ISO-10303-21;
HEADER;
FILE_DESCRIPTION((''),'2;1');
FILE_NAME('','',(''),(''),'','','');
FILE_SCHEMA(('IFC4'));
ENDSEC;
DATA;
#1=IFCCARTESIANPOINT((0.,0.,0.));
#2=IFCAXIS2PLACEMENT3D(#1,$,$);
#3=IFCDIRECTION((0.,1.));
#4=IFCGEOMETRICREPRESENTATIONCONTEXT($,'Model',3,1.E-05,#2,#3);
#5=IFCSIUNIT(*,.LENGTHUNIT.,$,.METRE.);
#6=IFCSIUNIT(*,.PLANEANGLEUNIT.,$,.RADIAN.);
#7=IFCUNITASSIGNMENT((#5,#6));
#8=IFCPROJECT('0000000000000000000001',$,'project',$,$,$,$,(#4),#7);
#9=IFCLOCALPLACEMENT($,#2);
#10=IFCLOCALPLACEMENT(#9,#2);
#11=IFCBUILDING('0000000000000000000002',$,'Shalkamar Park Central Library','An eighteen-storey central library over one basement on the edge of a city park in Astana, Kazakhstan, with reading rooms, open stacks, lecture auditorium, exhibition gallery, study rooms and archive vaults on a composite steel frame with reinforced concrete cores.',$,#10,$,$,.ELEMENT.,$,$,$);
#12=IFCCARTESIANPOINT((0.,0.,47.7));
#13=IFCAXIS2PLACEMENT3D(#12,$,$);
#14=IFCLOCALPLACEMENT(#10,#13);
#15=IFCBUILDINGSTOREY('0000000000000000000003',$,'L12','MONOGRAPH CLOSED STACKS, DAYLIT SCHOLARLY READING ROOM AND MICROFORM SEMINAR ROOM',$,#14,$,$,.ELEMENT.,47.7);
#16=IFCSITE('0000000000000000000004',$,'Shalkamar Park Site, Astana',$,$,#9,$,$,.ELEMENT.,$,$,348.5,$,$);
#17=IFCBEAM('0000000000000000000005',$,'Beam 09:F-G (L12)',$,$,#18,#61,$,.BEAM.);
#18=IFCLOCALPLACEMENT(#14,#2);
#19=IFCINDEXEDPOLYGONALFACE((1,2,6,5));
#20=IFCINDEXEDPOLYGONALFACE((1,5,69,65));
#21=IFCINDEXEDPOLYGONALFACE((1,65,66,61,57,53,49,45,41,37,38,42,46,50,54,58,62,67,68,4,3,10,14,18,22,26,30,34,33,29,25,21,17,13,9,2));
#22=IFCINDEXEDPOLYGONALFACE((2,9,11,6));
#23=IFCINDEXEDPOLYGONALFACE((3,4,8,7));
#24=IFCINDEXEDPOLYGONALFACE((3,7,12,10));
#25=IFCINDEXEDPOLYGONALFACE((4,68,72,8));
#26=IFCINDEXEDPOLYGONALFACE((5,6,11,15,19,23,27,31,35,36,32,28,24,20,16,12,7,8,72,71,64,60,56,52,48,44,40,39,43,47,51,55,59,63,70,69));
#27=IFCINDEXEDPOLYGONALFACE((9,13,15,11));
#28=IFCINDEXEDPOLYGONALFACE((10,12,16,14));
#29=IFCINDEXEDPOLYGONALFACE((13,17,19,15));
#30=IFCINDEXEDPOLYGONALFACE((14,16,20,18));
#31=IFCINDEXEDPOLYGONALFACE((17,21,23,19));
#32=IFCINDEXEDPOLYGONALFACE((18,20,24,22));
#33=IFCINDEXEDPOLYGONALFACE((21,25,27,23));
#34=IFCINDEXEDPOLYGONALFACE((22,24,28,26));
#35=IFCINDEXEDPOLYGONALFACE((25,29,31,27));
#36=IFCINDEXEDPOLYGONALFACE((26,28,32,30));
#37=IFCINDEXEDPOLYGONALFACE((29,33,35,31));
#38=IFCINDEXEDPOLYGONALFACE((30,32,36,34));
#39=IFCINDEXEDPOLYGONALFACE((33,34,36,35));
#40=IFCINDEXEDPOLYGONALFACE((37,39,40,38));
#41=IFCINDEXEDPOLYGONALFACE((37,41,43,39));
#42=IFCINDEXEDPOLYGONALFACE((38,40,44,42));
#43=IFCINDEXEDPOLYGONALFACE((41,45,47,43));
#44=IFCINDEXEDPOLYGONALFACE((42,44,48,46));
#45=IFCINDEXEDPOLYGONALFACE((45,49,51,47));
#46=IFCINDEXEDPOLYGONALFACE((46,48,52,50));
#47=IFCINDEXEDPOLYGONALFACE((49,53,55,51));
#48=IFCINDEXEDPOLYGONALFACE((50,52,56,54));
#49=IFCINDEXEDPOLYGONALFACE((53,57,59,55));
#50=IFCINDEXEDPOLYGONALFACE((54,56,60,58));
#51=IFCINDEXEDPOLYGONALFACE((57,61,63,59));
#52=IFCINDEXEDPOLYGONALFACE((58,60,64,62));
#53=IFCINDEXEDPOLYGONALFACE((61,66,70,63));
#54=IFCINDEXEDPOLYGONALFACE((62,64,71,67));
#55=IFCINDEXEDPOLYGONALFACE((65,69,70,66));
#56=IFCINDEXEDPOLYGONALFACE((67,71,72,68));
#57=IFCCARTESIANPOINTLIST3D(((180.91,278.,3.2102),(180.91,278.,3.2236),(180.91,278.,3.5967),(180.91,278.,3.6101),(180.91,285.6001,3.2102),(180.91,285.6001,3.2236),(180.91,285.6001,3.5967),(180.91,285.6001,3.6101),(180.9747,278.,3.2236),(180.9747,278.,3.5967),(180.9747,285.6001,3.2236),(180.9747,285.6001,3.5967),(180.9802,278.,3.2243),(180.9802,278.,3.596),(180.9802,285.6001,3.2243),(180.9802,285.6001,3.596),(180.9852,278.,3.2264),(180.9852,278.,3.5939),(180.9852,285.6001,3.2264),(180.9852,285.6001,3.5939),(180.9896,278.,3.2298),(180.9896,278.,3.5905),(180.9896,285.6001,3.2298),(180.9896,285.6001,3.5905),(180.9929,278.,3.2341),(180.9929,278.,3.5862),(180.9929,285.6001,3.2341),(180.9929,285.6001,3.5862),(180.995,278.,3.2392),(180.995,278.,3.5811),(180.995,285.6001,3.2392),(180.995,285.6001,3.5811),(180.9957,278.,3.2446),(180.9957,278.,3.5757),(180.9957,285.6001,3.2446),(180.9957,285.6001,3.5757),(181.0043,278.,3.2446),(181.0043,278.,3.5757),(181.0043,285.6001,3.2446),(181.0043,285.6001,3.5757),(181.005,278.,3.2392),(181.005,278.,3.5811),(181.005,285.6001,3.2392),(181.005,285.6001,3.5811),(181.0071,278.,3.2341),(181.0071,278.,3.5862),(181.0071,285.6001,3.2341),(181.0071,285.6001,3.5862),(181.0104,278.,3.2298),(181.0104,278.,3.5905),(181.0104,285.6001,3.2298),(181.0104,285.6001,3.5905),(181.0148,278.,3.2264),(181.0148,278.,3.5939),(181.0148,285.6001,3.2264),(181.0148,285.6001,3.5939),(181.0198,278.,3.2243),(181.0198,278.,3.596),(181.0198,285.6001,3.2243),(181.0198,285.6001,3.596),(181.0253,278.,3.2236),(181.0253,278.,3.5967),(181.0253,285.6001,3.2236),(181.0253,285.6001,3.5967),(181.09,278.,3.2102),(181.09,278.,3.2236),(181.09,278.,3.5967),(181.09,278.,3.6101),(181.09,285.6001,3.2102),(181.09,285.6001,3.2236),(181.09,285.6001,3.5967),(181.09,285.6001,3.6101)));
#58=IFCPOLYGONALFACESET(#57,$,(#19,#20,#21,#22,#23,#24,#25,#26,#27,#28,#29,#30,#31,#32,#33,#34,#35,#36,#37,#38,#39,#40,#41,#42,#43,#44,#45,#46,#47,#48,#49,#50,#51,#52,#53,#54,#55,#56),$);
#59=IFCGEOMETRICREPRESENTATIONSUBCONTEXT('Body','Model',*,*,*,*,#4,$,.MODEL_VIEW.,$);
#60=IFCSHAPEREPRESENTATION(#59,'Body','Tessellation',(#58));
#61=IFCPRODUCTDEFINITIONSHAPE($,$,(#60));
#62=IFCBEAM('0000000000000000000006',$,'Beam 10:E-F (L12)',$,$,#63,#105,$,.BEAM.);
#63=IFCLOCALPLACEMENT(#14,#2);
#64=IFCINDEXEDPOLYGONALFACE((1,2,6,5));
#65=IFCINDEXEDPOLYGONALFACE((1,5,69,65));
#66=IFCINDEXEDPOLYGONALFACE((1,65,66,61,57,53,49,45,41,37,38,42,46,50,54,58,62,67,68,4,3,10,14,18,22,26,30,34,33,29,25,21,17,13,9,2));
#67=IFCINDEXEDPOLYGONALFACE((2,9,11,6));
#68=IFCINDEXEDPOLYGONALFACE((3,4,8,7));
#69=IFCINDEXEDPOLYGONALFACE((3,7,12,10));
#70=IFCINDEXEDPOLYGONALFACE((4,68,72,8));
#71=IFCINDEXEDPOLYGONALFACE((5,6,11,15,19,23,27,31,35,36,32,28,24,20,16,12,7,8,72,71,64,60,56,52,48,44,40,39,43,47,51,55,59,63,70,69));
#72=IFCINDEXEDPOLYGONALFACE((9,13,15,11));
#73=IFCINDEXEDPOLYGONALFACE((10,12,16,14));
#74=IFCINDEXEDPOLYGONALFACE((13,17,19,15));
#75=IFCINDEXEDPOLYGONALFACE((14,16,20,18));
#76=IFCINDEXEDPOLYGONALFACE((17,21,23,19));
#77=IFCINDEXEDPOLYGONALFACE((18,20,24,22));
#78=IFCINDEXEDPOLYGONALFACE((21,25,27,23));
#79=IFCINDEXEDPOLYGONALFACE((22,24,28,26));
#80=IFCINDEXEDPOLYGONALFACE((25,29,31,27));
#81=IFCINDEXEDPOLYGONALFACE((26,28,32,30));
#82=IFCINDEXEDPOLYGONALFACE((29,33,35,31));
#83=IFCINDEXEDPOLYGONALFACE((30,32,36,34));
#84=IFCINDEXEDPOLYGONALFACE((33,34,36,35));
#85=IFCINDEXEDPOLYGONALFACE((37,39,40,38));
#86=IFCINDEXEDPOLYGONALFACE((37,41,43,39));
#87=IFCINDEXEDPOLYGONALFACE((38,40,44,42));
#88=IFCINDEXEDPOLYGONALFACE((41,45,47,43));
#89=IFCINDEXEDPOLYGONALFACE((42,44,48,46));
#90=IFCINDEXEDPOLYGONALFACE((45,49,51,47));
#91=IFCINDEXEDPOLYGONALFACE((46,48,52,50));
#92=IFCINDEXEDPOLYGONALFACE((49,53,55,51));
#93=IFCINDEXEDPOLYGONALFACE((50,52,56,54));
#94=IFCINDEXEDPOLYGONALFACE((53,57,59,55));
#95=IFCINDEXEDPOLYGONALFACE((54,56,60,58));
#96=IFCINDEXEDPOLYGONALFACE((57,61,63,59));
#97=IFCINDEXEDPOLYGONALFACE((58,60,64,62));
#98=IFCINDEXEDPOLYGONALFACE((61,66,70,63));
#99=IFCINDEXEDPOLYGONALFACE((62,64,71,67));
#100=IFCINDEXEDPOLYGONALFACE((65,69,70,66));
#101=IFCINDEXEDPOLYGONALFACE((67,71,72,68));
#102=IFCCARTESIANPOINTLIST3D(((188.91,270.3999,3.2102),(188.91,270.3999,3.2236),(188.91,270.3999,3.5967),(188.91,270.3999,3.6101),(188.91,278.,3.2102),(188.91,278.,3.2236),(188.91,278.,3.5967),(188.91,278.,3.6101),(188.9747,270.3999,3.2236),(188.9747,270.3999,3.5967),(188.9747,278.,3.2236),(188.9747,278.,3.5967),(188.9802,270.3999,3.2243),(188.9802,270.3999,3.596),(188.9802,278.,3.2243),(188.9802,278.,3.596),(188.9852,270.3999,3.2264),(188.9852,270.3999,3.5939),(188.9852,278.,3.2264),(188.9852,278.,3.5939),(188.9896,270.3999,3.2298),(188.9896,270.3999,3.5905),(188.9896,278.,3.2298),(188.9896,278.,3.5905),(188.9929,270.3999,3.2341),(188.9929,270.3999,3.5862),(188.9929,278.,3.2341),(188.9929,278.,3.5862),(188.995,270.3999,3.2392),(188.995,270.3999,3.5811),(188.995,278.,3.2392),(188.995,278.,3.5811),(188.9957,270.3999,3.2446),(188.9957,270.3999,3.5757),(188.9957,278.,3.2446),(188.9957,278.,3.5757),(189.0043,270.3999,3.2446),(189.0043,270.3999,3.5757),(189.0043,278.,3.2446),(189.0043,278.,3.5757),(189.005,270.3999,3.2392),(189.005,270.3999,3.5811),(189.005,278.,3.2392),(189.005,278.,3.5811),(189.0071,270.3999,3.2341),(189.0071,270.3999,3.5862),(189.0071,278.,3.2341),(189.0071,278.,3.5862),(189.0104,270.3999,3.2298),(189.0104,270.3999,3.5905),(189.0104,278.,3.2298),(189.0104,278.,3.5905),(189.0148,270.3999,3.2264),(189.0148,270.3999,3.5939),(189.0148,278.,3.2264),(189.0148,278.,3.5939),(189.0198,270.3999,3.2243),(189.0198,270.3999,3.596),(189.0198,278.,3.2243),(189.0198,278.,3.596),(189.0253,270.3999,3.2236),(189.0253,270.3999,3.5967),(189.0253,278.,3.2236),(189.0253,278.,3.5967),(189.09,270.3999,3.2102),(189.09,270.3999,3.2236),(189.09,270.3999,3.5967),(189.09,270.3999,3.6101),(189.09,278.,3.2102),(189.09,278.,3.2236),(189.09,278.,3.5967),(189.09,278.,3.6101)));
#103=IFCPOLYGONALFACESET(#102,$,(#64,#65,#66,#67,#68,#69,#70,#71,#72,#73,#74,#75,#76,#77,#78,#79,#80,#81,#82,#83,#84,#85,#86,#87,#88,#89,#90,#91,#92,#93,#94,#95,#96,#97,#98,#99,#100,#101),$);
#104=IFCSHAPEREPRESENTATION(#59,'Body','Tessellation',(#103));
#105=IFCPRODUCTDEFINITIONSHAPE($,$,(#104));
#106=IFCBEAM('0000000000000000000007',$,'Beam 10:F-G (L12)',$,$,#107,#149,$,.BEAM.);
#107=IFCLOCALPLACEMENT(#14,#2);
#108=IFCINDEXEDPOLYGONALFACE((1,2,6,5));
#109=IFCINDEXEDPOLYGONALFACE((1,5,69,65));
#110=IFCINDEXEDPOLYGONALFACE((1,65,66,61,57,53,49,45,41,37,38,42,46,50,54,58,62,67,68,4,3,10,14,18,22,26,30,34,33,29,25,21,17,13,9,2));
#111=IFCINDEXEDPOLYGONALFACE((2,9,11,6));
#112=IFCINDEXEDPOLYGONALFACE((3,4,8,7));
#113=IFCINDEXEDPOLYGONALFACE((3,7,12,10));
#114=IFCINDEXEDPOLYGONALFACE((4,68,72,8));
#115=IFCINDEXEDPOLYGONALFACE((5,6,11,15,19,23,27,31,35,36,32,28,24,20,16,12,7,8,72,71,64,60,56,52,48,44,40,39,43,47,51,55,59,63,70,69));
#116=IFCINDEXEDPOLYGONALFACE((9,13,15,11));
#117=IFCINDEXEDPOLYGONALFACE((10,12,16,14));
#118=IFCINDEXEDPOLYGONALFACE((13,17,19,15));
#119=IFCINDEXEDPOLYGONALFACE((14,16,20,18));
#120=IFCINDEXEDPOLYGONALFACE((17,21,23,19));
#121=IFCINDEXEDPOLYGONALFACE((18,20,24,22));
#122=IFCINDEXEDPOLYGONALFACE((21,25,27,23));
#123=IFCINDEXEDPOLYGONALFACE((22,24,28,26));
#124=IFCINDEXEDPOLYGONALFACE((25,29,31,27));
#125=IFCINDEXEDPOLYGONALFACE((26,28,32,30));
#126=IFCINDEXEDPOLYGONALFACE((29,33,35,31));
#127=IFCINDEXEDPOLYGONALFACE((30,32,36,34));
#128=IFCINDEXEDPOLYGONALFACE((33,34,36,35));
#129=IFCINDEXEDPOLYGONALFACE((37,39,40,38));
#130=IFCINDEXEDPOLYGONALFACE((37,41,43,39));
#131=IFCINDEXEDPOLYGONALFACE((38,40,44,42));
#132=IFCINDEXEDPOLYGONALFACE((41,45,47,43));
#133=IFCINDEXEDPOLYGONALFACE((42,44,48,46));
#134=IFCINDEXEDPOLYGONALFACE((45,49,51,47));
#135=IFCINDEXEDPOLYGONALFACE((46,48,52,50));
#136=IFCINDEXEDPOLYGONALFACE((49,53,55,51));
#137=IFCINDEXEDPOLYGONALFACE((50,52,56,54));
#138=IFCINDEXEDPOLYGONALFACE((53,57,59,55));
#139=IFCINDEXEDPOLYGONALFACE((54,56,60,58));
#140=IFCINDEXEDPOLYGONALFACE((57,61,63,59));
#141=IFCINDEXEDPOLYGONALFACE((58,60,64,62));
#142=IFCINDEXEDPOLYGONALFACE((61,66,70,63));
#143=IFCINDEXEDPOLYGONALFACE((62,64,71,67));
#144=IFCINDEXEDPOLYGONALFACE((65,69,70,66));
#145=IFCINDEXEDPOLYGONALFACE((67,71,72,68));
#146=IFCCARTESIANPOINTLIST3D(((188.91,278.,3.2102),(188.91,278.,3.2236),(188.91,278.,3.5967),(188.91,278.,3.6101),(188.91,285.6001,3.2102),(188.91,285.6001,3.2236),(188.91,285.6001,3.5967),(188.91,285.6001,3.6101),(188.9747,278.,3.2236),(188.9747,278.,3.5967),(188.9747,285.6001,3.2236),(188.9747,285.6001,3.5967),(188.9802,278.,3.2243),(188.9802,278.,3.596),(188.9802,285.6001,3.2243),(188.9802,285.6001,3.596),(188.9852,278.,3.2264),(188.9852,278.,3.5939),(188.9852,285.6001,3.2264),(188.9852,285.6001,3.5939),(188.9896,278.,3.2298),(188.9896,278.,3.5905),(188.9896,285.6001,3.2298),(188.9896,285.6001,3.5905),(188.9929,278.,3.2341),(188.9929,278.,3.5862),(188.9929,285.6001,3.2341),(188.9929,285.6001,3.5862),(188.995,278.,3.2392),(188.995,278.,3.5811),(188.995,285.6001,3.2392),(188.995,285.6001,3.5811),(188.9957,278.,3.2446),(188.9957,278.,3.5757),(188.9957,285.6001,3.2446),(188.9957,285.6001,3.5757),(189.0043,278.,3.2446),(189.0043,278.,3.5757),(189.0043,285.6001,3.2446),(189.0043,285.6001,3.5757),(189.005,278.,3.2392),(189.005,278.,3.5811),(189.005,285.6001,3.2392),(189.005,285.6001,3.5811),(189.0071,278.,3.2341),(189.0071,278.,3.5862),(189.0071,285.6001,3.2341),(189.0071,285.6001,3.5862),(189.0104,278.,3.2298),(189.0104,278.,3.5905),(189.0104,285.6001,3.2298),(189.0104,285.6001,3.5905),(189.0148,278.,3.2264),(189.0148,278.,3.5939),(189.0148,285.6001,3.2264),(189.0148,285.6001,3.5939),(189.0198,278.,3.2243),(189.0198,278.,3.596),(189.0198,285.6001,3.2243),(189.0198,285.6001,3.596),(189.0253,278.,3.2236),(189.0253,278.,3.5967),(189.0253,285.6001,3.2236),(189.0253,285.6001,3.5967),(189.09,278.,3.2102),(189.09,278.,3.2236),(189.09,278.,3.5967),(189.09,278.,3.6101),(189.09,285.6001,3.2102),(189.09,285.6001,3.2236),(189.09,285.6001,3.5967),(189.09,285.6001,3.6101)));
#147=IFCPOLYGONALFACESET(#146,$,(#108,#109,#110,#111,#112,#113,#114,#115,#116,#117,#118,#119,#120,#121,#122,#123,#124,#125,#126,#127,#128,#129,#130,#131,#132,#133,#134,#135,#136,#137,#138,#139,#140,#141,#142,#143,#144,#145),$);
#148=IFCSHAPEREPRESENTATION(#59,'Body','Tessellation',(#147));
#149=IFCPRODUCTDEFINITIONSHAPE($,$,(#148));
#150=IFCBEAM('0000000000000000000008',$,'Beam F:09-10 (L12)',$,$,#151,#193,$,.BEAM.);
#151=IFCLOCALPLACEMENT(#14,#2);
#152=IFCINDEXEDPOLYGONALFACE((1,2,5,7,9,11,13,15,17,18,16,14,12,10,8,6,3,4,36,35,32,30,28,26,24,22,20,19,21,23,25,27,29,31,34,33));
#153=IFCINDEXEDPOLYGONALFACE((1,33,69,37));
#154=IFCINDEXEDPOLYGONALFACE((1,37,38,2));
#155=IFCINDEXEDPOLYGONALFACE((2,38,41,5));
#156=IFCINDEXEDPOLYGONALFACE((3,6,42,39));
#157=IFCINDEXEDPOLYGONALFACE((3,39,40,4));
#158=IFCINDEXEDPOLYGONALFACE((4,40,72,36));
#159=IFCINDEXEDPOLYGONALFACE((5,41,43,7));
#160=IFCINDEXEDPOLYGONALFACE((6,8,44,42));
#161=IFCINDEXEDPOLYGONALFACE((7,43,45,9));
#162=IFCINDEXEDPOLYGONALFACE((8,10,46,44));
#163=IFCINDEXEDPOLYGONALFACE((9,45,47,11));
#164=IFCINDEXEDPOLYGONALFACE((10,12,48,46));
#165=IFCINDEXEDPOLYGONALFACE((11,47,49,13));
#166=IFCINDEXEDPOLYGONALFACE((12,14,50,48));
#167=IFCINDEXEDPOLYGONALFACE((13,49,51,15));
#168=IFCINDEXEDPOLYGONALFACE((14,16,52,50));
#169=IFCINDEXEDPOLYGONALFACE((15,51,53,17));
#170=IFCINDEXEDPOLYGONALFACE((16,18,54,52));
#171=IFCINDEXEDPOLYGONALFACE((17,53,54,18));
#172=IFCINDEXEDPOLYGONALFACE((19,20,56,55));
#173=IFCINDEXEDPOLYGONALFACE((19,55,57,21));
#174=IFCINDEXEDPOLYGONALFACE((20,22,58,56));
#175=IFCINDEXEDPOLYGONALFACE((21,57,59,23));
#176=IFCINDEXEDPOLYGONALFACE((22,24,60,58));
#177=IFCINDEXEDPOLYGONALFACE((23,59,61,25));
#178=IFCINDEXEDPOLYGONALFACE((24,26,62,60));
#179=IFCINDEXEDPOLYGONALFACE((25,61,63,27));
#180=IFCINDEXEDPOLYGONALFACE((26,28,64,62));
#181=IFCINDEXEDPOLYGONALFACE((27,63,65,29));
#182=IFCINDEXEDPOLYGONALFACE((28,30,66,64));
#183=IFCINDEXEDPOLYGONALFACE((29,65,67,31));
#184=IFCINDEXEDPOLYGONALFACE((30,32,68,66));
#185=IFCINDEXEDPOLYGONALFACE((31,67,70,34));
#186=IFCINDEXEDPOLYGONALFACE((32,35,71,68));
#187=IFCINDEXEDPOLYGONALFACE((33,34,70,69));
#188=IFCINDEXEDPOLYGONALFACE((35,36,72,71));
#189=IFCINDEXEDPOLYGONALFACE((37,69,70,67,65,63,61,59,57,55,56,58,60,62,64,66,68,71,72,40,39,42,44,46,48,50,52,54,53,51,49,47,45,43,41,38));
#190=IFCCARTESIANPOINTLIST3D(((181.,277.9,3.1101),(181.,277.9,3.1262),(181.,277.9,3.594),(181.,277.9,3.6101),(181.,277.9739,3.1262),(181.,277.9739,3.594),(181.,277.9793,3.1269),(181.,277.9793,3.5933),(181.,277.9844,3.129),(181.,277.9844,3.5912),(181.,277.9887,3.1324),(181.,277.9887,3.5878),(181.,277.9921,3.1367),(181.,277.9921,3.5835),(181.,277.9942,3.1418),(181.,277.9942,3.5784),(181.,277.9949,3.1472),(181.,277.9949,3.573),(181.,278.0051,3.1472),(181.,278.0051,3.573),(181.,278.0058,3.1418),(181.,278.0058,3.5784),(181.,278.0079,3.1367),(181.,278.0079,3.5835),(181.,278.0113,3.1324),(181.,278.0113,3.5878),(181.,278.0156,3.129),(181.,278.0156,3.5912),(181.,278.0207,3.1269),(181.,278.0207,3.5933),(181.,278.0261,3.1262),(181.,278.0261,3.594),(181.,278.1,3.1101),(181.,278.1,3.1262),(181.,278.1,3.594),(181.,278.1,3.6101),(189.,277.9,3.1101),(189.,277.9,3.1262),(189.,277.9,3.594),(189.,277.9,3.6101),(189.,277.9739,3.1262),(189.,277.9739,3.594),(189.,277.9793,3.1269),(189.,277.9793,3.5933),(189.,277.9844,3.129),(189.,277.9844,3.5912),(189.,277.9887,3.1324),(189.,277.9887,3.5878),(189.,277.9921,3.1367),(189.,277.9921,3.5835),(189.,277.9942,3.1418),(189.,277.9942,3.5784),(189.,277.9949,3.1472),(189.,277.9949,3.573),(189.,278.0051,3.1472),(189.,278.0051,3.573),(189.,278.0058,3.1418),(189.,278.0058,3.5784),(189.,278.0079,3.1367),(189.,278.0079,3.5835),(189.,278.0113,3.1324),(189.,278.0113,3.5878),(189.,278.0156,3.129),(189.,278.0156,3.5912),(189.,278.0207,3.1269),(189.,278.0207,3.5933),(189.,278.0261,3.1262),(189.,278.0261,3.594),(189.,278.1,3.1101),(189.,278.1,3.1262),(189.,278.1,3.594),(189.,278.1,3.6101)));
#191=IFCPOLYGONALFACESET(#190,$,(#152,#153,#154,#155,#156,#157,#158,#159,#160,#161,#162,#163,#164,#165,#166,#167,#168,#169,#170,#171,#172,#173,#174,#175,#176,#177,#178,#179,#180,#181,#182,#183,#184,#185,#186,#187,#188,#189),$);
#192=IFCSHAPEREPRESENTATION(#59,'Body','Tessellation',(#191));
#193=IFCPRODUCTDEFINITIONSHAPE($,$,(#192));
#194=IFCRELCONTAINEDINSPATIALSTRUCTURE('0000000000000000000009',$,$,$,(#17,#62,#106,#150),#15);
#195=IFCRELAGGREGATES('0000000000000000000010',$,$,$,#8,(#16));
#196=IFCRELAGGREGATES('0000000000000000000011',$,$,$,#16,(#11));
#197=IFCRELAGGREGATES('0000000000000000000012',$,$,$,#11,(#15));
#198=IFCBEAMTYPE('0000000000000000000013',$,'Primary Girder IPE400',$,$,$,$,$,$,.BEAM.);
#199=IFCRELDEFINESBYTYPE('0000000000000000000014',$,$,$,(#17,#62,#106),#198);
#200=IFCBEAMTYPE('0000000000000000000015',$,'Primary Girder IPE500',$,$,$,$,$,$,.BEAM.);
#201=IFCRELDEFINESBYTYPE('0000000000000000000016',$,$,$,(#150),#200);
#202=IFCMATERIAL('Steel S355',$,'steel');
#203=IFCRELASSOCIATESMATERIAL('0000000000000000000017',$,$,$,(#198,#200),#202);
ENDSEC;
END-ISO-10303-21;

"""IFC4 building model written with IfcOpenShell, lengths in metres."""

from ifc_helpers import new_model, si_unit, direction, frame, origin, origin_2d, place, context, subcontext, project, spatial, i_section, extrude, material, material_profile, profile_set, type_object, element, save


model = new_model("IFC4")

# Units and contexts
model_context = context("Model", 3, precision=1e-05, world=origin(), true_north=direction((0.0, 1.0)))
body_context = subcontext(model_context, "Body", "Model", "MODEL_VIEW")
ifc_project = project(units=[si_unit("LENGTHUNIT", "METRE"), si_unit("PLANEANGLEUNIT", "RADIAN")], contexts=[model_context])

# Site, building, storey
site_placement = place(None, origin())
site = spatial("IfcSite", under=ifc_project, at=site_placement, Name="Shalkamar Park Site, Astana", CompositionType="ELEMENT", RefElevation=348.5)
building_placement = place(site_placement, origin())
building = spatial("IfcBuilding", under=site, at=building_placement, Name="Shalkamar Park Central Library", Description="An eighteen-storey central library over one basement on the edge of a city park in Astana, Kazakhstan, with reading rooms, open stacks, lecture auditorium, exhibition gallery, study rooms and archive vaults on a composite steel frame with reinforced concrete cores.", CompositionType="ELEMENT")
storey_placement = place(building_placement, frame((0.0, 0.0, 47.7)))
storey = spatial("IfcBuildingStorey", under=building, at=storey_placement, Name="L12", Description="MONOGRAPH CLOSED STACKS, DAYLIT SCHOLARLY READING ROOM AND MICROFORM SEMINAR ROOM", CompositionType="ELEMENT", Elevation=47.7)

# Shared definitions
ifc_material_1 = material(Name="Steel S355", Category="steel")

# Beams
ifc_material_profile_1 = material_profile(ifc_material_1, i_section(OverallWidth=0.1799, OverallDepth=0.3999, WebThickness=0.0085, FlangeThickness=0.0134, FilletRadius=0.021, at=origin_2d()), Name="IPE 400")
ifc_profile_set_1 = profile_set([ifc_material_profile_1], Name="Steel S355")
beam_type_1 = type_object("IfcBeamType", Name="Primary Girder IPE400", PredefinedType="BEAM", material=ifc_profile_set_1)
for number, where, z_axis, x_axis, name in (
    (1, (181.0, 278.0, 3.4102), (0.0, 1.0, 0.0), (-1.0, 0.0, 0.0), "Beam 09:F-G (L12)"),
    (2, (189.0, 270.3999, 3.4102), (0.0, 1.0, 0.0), (-1.0, 0.0, 0.0), "Beam 10:E-F (L12)"),
    (3, (189.0, 278.0, 3.4102), (0.0, 1.0, 0.0), (-1.0, 0.0, 0.0), "Beam 10:F-G (L12)"),
):
    element("IfcBeam", number, at=place(storey_placement, frame(where, z_axis=z_axis, x_axis=x_axis)), inside=storey, type_object=beam_type_1, Name=name, PredefinedType="BEAM", context=body_context, shape_type="SweptSolid", body=[
        extrude(i_section(OverallWidth=0.1799, OverallDepth=0.3999, WebThickness=0.0085, FlangeThickness=0.0134, FilletRadius=0.021, at=origin_2d()), origin(), (0.0, 0.0, 1.0), 7.6001),
    ])
ifc_material_profile_2 = material_profile(ifc_material_1, i_section(OverallWidth=0.2, OverallDepth=0.5, WebThickness=0.0103, FlangeThickness=0.0161, FilletRadius=0.021, at=origin_2d()), Name="IPE 500")
ifc_profile_set_2 = profile_set([ifc_material_profile_2], Name="Steel S355")
beam_type_2 = type_object("IfcBeamType", Name="Primary Girder IPE500", PredefinedType="BEAM", material=ifc_profile_set_2)
for number, where, z_axis, x_axis, name in (
    (4, (181.0, 278.0, 3.3601), (1.0, 0.0, 0.0), (0.0, 1.0, 0.0), "Beam F:09-10 (L12)"),
):
    element("IfcBeam", number, at=place(storey_placement, frame(where, z_axis=z_axis, x_axis=x_axis)), inside=storey, type_object=beam_type_2, Name=name, PredefinedType="BEAM", context=body_context, shape_type="SweptSolid", body=[
        extrude(i_section(OverallWidth=0.2, OverallDepth=0.5, WebThickness=0.0103, FlangeThickness=0.0161, FilletRadius=0.021, at=origin_2d()), origin(), (0.0, 0.0, 1.0), 8.0),
    ])

save(model, "model.ifc")
